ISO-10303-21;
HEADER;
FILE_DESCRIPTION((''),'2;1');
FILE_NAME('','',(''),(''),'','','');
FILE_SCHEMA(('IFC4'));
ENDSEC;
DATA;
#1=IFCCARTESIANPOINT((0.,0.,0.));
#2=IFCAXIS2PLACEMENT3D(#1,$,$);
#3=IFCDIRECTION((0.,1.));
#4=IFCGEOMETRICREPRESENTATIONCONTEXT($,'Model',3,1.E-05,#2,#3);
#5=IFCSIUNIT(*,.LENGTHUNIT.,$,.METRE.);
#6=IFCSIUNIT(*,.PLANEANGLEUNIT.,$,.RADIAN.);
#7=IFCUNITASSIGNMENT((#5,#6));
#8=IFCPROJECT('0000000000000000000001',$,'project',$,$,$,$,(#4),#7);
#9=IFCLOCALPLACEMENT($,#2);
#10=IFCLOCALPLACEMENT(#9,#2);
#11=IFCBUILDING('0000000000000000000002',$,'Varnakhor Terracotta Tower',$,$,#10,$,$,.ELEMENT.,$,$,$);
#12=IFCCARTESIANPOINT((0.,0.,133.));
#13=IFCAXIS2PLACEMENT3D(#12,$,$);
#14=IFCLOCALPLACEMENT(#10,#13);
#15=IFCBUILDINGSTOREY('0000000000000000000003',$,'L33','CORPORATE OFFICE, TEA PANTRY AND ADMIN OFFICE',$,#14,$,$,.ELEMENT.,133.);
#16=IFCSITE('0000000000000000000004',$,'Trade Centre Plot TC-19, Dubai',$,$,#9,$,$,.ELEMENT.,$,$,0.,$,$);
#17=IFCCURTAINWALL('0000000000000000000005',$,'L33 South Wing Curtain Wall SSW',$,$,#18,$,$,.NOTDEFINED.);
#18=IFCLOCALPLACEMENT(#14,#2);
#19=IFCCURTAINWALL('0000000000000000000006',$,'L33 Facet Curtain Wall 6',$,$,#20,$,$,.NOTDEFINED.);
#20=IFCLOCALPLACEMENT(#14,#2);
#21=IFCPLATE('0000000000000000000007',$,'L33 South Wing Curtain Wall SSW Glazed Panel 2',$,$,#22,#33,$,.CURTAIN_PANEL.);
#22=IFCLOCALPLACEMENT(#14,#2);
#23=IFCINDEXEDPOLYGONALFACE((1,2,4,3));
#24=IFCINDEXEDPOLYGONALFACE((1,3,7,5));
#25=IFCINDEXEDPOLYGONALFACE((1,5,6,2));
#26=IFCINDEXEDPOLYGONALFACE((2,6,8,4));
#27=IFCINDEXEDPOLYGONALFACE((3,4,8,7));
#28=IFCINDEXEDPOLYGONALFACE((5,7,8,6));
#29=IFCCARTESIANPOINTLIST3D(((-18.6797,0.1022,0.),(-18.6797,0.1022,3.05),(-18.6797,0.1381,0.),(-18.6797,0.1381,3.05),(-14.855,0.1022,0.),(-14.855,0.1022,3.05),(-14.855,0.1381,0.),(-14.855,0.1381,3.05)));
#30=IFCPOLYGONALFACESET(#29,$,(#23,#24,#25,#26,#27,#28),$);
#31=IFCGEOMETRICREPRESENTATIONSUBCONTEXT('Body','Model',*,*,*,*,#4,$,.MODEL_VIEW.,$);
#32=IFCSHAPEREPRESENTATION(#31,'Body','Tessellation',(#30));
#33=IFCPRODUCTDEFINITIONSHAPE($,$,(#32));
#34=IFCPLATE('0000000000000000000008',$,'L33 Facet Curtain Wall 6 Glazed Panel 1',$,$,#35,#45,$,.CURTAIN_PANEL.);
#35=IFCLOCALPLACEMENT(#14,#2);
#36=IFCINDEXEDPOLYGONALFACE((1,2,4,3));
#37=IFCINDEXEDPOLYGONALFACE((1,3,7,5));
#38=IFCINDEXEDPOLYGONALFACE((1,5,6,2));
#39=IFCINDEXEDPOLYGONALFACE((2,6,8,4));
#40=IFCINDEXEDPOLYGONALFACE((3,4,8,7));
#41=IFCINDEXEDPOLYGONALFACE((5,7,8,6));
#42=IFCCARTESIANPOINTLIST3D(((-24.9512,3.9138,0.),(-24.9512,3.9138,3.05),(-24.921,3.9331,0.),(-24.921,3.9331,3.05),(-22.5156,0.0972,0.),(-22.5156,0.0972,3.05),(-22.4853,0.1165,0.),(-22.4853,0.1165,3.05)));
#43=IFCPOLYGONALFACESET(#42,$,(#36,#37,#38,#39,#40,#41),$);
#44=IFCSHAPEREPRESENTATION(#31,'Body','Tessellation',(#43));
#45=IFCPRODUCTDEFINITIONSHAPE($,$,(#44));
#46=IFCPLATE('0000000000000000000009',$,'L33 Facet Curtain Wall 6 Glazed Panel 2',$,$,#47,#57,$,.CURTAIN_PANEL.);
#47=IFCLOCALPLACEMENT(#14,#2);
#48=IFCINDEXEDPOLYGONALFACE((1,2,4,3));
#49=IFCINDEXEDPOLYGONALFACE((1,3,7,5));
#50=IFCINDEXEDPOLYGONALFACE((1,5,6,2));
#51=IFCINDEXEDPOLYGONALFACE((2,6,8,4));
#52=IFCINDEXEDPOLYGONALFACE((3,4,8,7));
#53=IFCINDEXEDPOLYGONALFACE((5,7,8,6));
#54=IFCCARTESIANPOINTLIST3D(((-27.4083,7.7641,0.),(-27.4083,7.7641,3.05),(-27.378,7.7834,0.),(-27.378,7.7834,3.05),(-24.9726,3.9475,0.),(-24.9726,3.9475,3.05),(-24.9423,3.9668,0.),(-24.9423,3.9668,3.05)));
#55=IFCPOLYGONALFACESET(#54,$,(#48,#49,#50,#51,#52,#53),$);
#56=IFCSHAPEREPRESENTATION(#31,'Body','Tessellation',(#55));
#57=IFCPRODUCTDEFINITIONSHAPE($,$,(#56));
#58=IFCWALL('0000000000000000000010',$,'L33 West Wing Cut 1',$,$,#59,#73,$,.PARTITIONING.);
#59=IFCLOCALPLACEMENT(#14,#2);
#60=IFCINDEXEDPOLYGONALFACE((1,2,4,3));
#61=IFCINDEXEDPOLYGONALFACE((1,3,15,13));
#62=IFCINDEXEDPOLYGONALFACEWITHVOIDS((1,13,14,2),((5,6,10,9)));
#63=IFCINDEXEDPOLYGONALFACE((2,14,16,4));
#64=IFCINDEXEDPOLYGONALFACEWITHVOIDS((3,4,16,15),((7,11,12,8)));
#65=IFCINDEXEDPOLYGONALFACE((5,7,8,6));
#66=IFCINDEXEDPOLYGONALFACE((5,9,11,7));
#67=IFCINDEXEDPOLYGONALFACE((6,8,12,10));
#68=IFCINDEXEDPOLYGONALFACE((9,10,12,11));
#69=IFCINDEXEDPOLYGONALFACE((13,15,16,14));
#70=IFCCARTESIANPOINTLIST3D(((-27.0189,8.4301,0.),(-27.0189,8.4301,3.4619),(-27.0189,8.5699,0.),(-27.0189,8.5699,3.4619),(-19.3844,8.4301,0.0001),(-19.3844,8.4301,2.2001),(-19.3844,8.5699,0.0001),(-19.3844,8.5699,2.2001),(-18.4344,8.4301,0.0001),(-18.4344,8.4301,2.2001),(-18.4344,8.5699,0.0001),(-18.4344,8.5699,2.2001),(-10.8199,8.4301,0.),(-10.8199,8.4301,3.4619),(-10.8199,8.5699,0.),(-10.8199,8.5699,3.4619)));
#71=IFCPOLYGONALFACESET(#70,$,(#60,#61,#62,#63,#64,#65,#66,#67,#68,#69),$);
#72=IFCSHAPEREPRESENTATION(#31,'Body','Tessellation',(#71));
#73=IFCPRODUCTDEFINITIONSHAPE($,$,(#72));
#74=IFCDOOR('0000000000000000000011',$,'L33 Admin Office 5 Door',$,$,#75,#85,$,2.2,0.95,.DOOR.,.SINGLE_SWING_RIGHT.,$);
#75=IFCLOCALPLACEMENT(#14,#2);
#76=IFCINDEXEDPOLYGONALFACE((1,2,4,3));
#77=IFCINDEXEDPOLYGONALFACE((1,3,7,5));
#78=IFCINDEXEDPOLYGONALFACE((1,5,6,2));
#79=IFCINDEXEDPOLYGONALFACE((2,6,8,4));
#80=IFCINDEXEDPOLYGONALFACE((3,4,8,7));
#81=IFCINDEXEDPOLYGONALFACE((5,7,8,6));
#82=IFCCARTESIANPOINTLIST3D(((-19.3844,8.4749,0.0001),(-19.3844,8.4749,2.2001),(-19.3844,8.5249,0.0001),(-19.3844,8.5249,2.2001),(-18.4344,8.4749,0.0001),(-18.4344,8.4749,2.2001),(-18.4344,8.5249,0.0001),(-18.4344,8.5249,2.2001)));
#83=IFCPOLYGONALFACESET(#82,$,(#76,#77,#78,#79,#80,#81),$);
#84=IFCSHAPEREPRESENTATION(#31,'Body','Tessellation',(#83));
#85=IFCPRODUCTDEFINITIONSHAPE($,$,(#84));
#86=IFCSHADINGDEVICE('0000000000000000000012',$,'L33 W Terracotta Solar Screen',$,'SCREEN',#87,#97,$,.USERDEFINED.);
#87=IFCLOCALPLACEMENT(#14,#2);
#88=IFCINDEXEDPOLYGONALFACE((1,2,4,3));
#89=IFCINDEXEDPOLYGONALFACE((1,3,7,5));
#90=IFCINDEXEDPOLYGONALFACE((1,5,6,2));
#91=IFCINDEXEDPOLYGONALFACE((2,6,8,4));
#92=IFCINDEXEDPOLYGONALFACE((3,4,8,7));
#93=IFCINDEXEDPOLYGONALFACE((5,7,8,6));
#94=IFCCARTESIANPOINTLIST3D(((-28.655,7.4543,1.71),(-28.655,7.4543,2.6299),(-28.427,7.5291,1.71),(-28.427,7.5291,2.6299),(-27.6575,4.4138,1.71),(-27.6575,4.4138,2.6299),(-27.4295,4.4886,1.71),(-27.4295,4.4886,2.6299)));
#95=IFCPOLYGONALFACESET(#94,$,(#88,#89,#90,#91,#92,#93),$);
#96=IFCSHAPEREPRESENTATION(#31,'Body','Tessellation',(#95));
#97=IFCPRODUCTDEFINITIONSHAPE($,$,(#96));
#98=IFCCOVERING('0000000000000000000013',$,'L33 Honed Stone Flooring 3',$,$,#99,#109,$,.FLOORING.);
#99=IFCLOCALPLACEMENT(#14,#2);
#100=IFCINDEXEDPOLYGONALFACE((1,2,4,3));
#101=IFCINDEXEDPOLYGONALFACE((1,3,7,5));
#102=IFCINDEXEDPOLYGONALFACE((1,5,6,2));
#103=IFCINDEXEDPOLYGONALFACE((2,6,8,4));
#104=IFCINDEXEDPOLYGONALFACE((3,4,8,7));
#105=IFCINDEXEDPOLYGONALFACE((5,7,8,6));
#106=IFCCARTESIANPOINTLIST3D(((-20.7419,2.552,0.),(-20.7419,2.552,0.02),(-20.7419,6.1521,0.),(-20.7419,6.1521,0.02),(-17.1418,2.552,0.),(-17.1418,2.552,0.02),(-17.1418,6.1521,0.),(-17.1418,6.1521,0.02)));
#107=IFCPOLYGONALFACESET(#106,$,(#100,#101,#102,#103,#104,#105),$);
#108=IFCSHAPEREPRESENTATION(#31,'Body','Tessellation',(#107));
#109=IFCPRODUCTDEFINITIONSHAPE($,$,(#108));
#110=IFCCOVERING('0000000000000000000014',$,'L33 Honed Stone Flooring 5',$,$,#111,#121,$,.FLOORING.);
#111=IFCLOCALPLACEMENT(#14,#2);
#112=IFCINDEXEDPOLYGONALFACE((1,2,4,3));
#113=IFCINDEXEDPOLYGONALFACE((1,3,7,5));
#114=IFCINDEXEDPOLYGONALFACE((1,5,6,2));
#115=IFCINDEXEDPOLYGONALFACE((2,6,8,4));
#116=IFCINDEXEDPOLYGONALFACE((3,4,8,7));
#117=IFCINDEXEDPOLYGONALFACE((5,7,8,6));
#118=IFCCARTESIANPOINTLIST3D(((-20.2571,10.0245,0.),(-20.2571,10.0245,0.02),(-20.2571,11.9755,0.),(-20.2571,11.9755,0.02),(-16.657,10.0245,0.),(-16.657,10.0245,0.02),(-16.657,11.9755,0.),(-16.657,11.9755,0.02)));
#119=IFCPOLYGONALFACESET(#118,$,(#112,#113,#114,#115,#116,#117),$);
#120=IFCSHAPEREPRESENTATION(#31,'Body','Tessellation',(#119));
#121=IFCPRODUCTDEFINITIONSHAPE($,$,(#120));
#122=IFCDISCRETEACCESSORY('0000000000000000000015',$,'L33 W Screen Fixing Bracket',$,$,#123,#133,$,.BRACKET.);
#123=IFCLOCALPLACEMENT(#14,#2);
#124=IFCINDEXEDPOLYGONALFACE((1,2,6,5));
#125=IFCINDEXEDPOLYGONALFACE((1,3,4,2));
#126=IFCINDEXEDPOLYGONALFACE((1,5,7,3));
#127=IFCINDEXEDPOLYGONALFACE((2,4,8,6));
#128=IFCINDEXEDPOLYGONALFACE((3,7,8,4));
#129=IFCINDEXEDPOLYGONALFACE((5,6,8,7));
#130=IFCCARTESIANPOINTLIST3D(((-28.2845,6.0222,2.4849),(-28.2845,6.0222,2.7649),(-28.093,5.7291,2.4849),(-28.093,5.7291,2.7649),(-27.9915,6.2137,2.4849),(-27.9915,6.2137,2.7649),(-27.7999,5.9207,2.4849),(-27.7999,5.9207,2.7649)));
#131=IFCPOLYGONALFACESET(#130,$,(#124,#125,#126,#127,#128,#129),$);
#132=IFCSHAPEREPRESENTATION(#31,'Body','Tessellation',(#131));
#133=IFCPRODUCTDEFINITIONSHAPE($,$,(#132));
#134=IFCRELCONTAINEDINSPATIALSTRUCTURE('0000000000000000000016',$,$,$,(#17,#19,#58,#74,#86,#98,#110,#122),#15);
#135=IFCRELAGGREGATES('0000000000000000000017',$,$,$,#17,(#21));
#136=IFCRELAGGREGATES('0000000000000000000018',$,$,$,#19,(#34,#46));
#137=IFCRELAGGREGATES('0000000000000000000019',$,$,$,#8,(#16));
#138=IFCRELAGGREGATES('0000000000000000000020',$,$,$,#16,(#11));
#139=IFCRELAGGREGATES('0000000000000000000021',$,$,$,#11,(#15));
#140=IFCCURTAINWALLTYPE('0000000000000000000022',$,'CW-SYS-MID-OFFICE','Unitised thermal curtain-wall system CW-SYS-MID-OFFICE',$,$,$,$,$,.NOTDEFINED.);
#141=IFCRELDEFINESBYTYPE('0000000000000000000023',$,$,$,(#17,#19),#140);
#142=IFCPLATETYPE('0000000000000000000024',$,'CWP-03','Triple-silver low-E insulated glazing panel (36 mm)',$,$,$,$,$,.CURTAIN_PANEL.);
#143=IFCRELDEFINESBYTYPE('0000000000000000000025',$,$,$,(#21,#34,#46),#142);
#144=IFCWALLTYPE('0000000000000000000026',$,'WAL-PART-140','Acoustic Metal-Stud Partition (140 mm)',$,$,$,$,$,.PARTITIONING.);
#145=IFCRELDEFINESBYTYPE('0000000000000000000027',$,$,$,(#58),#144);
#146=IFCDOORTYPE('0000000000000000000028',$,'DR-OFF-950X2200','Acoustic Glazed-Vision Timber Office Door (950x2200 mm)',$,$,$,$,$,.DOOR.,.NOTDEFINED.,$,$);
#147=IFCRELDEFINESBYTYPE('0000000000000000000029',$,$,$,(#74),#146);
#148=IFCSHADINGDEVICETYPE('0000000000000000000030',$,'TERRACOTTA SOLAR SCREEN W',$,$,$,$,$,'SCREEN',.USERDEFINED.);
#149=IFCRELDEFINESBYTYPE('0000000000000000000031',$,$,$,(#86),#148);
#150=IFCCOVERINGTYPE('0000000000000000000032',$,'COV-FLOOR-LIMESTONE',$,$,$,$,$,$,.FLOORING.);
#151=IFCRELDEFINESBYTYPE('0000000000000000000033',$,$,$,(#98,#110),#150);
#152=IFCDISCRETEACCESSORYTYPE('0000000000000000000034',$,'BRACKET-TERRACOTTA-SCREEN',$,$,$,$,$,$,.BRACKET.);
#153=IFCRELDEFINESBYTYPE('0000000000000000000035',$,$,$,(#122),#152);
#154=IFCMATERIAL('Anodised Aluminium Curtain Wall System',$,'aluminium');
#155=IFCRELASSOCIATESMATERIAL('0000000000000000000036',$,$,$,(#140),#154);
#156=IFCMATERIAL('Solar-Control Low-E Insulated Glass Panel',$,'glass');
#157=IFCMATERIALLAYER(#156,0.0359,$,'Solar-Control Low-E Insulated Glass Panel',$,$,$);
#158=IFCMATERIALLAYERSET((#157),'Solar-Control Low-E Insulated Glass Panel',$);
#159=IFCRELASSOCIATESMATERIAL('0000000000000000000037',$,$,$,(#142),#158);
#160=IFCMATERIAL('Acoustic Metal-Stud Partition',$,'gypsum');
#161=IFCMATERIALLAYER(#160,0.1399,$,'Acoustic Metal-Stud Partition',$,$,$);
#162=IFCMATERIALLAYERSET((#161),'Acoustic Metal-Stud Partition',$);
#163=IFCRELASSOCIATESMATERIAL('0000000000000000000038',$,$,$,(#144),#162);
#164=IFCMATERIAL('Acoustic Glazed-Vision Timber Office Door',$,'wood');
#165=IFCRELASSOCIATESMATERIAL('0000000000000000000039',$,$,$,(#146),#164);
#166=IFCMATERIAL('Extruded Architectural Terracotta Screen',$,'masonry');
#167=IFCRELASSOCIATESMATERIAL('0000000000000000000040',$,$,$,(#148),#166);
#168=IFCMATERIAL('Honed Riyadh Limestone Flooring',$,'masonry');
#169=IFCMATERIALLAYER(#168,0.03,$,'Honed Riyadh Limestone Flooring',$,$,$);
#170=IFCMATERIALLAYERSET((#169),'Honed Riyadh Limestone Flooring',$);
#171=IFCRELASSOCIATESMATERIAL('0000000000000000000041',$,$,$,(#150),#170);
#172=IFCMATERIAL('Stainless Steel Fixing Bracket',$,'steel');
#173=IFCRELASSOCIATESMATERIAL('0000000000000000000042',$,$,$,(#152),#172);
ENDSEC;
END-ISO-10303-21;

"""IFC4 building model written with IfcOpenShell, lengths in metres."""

from ifc_helpers import new_model, si_unit, direction, frame, frame_2d, origin, origin_2d, place, context, subcontext, project, spatial, rectangle, extrude, source, transform, mapped, material, layer, layer_set, type_object, type_shapes, element, fill, aggregate, save


model = new_model("IFC4")

# Units and contexts
model_context = context("Model", 3, precision=1e-05, world=origin(), true_north=direction((0.0, 1.0)))
body_context = subcontext(model_context, "Body", "Model", "MODEL_VIEW")
ifc_project = project(units=[si_unit("LENGTHUNIT", "METRE"), si_unit("PLANEANGLEUNIT", "RADIAN")], contexts=[model_context])

# Site, building, storey
site_placement = place(None, origin())
site = spatial("IfcSite", under=ifc_project, at=site_placement, Name="Trade Centre Plot TC-19, Dubai", CompositionType="ELEMENT", RefElevation=0.0)
building_placement = place(site_placement, origin())
building = spatial("IfcBuilding", under=site, at=building_placement, Name="Varnakhor Terracotta Tower", CompositionType="ELEMENT")
storey_placement = place(building_placement, frame((0.0, 0.0, 133.0)))
storey = spatial("IfcBuildingStorey", under=building, at=storey_placement, Name="L33", Description="CORPORATE OFFICE, TEA PANTRY AND ADMIN OFFICE", CompositionType="ELEMENT", Elevation=133.0)

# Curtain walls
ifc_material_1 = material(Name="Anodised Aluminium Curtain Wall System", Category="aluminium")
curtain_wall_type = type_object("IfcCurtainWallType", Name="CW-SYS-MID-OFFICE", Description="Unitised thermal curtain-wall system CW-SYS-MID-OFFICE", PredefinedType="NOTDEFINED", material=ifc_material_1)
curtain_wall_1_placement = place(storey_placement, origin())
curtain_wall_1 = element("IfcCurtainWall", 1, at=curtain_wall_1_placement, inside=storey, type_object=curtain_wall_type, Name="L33 South Wing Curtain Wall SSW", PredefinedType="NOTDEFINED")
curtain_wall_2_placement = place(storey_placement, origin())
curtain_wall_2 = element("IfcCurtainWall", 2, at=curtain_wall_2_placement, inside=storey, type_object=curtain_wall_type, Name="L33 Facet Curtain Wall 6", PredefinedType="NOTDEFINED")

# Plates
ifc_material_2 = material(Name="Solar-Control Low-E Insulated Glass Panel", Category="glass")
ifc_layer_1 = layer(ifc_material_2, 0.0359, Name="Solar-Control Low-E Insulated Glass Panel")
ifc_layer_set_1 = layer_set([ifc_layer_1], Name="Solar-Control Low-E Insulated Glass Panel")
plate_type = type_object("IfcPlateType", Name="CWP-03", Description="Triple-silver low-E insulated glazing panel (36 mm)", PredefinedType="CURTAIN_PANEL", material=ifc_layer_set_1)
shared_shape_1 = source(origin(), body_context, "Body", "SweptSolid", [
    extrude(rectangle(XDim=3.8247, YDim=0.0359, at=origin_2d()), origin(), (0.0, 0.0, 1.0), 3.05),
])
plate_1_placement = place(storey_placement, frame((-16.7673, 0.1201, 0.0), z_axis=(0.0, 0.0, 1.0), x_axis=(-1.0, 0.0, 0.0)))
plate_1 = element("IfcPlate", 3, at=plate_1_placement, type_object=plate_type, Name="L33 South Wing Curtain Wall SSW Glazed Panel 2", PredefinedType="CURTAIN_PANEL", context=body_context, shape_type="MappedRepresentation", body=[
    mapped(shared_shape_1, transform((0.0, 0.0, 0.0), scale=1.0)),
])
aggregate(curtain_wall_1, [plate_1])
shared_shape_2 = source(origin(), body_context, "Body", "SweptSolid", [
    extrude(rectangle(XDim=4.5276, YDim=0.0359, at=origin_2d()), origin(), (0.0, 0.0, 1.0), 3.05),
])
plate_2_placement = place(storey_placement, frame((-23.7183, 2.0151, 0.0), z_axis=(0.0, 0.0, 1.0), x_axis=(-0.537962, 0.842969, 0.0)))
plate_2 = element("IfcPlate", 4, at=plate_2_placement, type_object=plate_type, Name="L33 Facet Curtain Wall 6 Glazed Panel 1", PredefinedType="CURTAIN_PANEL", context=body_context, shape_type="MappedRepresentation", body=[
    mapped(shared_shape_2, transform((0.0, 0.0, 0.0), scale=1.0)),
])
plate_3_placement = place(storey_placement, frame((-26.1753, 5.8655, 0.0), z_axis=(0.0, 0.0, 1.0), x_axis=(-0.537962, 0.842969, 0.0)))
plate_3 = element("IfcPlate", 5, at=plate_3_placement, type_object=plate_type, Name="L33 Facet Curtain Wall 6 Glazed Panel 2", PredefinedType="CURTAIN_PANEL", context=body_context, shape_type="MappedRepresentation", body=[
    mapped(shared_shape_2, transform((0.0, 0.0, 0.0), scale=1.0)),
])
aggregate(curtain_wall_2, [plate_2, plate_3])

# Wall, opening, door
ifc_material_3 = material(Name="Acoustic Metal-Stud Partition", Category="gypsum")
ifc_layer_2 = layer(ifc_material_3, 0.1399, Name="Acoustic Metal-Stud Partition")
ifc_layer_set_2 = layer_set([ifc_layer_2], Name="Acoustic Metal-Stud Partition")
wall_type = type_object("IfcWallType", Name="WAL-PART-140", Description="Acoustic Metal-Stud Partition (140 mm)", PredefinedType="PARTITIONING", material=ifc_layer_set_2)
wall_placement = place(storey_placement, frame((-27.019, 8.5, 0.0), z_axis=(0.0, 0.0, 1.0), x_axis=(1.0, 0.0, 0.0)))
wall = element("IfcWall", 6, at=wall_placement, inside=storey, type_object=wall_type, Name="L33 West Wing Cut 1", PredefinedType="PARTITIONING", context=body_context, shape_type="SweptSolid", body=[
    extrude(rectangle(XDim=16.199, YDim=0.1399, at=frame_2d((8.0996, 0.0))), origin(), (0.0, 0.0, 1.0), 3.4619),
])
opening_placement = place(wall_placement, frame((7.6345, 0.0, 0.0)))
opening = element("IfcOpeningElement", 7, at=opening_placement, cuts=wall, PredefinedType="OPENING", context=body_context, shape_type="SweptSolid", body=[
    extrude(rectangle(XDim=0.95, YDim=2.2, at=frame_2d((0.4751, 1.1001))), frame((0.0, 0.0801, 0.0), z_axis=(0.0, -1.0, 0.0), x_axis=(1.0, 0.0, 0.0)), (0.0, 0.0, 1.0), 0.1599),
])
ifc_material_4 = material(Name="Acoustic Glazed-Vision Timber Office Door", Category="wood")
door_type = type_object("IfcDoorType", Name="DR-OFF-950X2200", Description="Acoustic Glazed-Vision Timber Office Door (950x2200 mm)", OperationType="NOTDEFINED", PredefinedType="DOOR", material=ifc_material_4)
shared_shape_3 = source(origin(), body_context, "Body", "SweptSolid", [
    extrude(rectangle(XDim=0.95, YDim=2.2, at=frame_2d((0.4751, 1.1001))), frame((0.0, 0.0249, 0.0), z_axis=(0.0, -1.0, 0.0), x_axis=(1.0, 0.0, 0.0)), (0.0, 0.0, 1.0), 0.05),
])
type_shapes(door_type, [shared_shape_3])
door_placement = place(opening_placement, origin())
door = element("IfcDoor", 8, at=door_placement, inside=storey, type_object=door_type, Name="L33 Admin Office 5 Door", OperationType="SINGLE_SWING_RIGHT", OverallHeight=2.2, OverallWidth=0.95, PredefinedType="DOOR", context=body_context, shape_type="MappedRepresentation", body=[
    mapped(shared_shape_3, transform((0.0, 0.0, 0.0), scale=1.0)),
])
fill(opening, door)

# Shading device
ifc_material_5 = material(Name="Extruded Architectural Terracotta Screen", Category="masonry")
shading_device_type = type_object("IfcShadingDeviceType", Name="TERRACOTTA SOLAR SCREEN W", ElementType="SCREEN", PredefinedType="USERDEFINED", material=ifc_material_5)
shared_shape_4 = source(origin(), body_context, "Body", "SweptSolid", [
    extrude(rectangle(XDim=3.2, YDim=0.24, at=origin_2d()), origin(), (0.0, 0.0, 1.0), 0.9199),
])
type_shapes(shading_device_type, [shared_shape_4])
shading_device_placement = place(storey_placement, frame((-28.0422, 5.9714, 1.71), z_axis=(0.0, 0.0, 1.0), x_axis=(0.311721, -0.950174, 0.0)))
element("IfcShadingDevice", 9, at=shading_device_placement, inside=storey, type_object=shading_device_type, Name="L33 W Terracotta Solar Screen", ObjectType="SCREEN", PredefinedType="USERDEFINED", context=body_context, shape_type="MappedRepresentation", body=[
    mapped(shared_shape_4, transform((0.0, 0.0, 0.0), scale=1.0)),
])

# Coverings
ifc_material_6 = material(Name="Honed Riyadh Limestone Flooring", Category="masonry")
ifc_layer_3 = layer(ifc_material_6, 0.03, Name="Honed Riyadh Limestone Flooring")
ifc_layer_set_3 = layer_set([ifc_layer_3], Name="Honed Riyadh Limestone Flooring")
covering_type = type_object("IfcCoveringType", Name="COV-FLOOR-LIMESTONE", PredefinedType="FLOORING", material=ifc_layer_set_3)
shared_shape_5 = source(origin(), body_context, "Body", "SweptSolid", [
    extrude(rectangle(XDim=3.6001, YDim=3.6001, at=origin_2d()), origin(), (0.0, 0.0, 1.0), 0.02),
])
covering_1_placement = place(storey_placement, frame((-18.9419, 4.3521, 0.0), z_axis=(0.0, 0.0, 1.0), x_axis=(1.0, 0.0, 0.0)))
element("IfcCovering", 10, at=covering_1_placement, inside=storey, type_object=covering_type, Name="L33 Honed Stone Flooring 3", PredefinedType="FLOORING", context=body_context, shape_type="MappedRepresentation", body=[
    mapped(shared_shape_5, transform((0.0, 0.0, 0.0), scale=1.0)),
])
shared_shape_6 = source(origin(), body_context, "Body", "SweptSolid", [
    extrude(rectangle(XDim=3.6001, YDim=1.9509, at=origin_2d()), origin(), (0.0, 0.0, 1.0), 0.02),
])
covering_2_placement = place(storey_placement, frame((-18.457, 11.0, 0.0), z_axis=(0.0, 0.0, 1.0), x_axis=(1.0, 0.0, 0.0)))
element("IfcCovering", 11, at=covering_2_placement, inside=storey, type_object=covering_type, Name="L33 Honed Stone Flooring 5", PredefinedType="FLOORING", context=body_context, shape_type="MappedRepresentation", body=[
    mapped(shared_shape_6, transform((0.0, 0.0, 0.0), scale=1.0)),
])

# Discrete accessory
ifc_material_7 = material(Name="Stainless Steel Fixing Bracket", Category="steel")
discrete_accessory_type = type_object("IfcDiscreteAccessoryType", Name="BRACKET-TERRACOTTA-SCREEN", PredefinedType="BRACKET", material=ifc_material_7)
shared_shape_7 = source(origin(), body_context, "Body", "SweptSolid", [
    extrude(rectangle(XDim=0.3501, YDim=0.3501, at=origin_2d()), origin(), (0.0, 0.0, 1.0), 0.28),
])
type_shapes(discrete_accessory_type, [shared_shape_7])
discrete_accessory_placement = place(storey_placement, frame((-28.0422, 5.9714, 2.4849), z_axis=(0.0, 0.0, 1.0), x_axis=(0.547023, -0.837118, 0.0)))
element("IfcDiscreteAccessory", 12, at=discrete_accessory_placement, inside=storey, type_object=discrete_accessory_type, Name="L33 W Screen Fixing Bracket", PredefinedType="BRACKET", context=body_context, shape_type="MappedRepresentation", body=[
    mapped(shared_shape_7, transform((0.0, 0.0, 0.0), scale=1.0)),
])

save(model, "model.ifc")
